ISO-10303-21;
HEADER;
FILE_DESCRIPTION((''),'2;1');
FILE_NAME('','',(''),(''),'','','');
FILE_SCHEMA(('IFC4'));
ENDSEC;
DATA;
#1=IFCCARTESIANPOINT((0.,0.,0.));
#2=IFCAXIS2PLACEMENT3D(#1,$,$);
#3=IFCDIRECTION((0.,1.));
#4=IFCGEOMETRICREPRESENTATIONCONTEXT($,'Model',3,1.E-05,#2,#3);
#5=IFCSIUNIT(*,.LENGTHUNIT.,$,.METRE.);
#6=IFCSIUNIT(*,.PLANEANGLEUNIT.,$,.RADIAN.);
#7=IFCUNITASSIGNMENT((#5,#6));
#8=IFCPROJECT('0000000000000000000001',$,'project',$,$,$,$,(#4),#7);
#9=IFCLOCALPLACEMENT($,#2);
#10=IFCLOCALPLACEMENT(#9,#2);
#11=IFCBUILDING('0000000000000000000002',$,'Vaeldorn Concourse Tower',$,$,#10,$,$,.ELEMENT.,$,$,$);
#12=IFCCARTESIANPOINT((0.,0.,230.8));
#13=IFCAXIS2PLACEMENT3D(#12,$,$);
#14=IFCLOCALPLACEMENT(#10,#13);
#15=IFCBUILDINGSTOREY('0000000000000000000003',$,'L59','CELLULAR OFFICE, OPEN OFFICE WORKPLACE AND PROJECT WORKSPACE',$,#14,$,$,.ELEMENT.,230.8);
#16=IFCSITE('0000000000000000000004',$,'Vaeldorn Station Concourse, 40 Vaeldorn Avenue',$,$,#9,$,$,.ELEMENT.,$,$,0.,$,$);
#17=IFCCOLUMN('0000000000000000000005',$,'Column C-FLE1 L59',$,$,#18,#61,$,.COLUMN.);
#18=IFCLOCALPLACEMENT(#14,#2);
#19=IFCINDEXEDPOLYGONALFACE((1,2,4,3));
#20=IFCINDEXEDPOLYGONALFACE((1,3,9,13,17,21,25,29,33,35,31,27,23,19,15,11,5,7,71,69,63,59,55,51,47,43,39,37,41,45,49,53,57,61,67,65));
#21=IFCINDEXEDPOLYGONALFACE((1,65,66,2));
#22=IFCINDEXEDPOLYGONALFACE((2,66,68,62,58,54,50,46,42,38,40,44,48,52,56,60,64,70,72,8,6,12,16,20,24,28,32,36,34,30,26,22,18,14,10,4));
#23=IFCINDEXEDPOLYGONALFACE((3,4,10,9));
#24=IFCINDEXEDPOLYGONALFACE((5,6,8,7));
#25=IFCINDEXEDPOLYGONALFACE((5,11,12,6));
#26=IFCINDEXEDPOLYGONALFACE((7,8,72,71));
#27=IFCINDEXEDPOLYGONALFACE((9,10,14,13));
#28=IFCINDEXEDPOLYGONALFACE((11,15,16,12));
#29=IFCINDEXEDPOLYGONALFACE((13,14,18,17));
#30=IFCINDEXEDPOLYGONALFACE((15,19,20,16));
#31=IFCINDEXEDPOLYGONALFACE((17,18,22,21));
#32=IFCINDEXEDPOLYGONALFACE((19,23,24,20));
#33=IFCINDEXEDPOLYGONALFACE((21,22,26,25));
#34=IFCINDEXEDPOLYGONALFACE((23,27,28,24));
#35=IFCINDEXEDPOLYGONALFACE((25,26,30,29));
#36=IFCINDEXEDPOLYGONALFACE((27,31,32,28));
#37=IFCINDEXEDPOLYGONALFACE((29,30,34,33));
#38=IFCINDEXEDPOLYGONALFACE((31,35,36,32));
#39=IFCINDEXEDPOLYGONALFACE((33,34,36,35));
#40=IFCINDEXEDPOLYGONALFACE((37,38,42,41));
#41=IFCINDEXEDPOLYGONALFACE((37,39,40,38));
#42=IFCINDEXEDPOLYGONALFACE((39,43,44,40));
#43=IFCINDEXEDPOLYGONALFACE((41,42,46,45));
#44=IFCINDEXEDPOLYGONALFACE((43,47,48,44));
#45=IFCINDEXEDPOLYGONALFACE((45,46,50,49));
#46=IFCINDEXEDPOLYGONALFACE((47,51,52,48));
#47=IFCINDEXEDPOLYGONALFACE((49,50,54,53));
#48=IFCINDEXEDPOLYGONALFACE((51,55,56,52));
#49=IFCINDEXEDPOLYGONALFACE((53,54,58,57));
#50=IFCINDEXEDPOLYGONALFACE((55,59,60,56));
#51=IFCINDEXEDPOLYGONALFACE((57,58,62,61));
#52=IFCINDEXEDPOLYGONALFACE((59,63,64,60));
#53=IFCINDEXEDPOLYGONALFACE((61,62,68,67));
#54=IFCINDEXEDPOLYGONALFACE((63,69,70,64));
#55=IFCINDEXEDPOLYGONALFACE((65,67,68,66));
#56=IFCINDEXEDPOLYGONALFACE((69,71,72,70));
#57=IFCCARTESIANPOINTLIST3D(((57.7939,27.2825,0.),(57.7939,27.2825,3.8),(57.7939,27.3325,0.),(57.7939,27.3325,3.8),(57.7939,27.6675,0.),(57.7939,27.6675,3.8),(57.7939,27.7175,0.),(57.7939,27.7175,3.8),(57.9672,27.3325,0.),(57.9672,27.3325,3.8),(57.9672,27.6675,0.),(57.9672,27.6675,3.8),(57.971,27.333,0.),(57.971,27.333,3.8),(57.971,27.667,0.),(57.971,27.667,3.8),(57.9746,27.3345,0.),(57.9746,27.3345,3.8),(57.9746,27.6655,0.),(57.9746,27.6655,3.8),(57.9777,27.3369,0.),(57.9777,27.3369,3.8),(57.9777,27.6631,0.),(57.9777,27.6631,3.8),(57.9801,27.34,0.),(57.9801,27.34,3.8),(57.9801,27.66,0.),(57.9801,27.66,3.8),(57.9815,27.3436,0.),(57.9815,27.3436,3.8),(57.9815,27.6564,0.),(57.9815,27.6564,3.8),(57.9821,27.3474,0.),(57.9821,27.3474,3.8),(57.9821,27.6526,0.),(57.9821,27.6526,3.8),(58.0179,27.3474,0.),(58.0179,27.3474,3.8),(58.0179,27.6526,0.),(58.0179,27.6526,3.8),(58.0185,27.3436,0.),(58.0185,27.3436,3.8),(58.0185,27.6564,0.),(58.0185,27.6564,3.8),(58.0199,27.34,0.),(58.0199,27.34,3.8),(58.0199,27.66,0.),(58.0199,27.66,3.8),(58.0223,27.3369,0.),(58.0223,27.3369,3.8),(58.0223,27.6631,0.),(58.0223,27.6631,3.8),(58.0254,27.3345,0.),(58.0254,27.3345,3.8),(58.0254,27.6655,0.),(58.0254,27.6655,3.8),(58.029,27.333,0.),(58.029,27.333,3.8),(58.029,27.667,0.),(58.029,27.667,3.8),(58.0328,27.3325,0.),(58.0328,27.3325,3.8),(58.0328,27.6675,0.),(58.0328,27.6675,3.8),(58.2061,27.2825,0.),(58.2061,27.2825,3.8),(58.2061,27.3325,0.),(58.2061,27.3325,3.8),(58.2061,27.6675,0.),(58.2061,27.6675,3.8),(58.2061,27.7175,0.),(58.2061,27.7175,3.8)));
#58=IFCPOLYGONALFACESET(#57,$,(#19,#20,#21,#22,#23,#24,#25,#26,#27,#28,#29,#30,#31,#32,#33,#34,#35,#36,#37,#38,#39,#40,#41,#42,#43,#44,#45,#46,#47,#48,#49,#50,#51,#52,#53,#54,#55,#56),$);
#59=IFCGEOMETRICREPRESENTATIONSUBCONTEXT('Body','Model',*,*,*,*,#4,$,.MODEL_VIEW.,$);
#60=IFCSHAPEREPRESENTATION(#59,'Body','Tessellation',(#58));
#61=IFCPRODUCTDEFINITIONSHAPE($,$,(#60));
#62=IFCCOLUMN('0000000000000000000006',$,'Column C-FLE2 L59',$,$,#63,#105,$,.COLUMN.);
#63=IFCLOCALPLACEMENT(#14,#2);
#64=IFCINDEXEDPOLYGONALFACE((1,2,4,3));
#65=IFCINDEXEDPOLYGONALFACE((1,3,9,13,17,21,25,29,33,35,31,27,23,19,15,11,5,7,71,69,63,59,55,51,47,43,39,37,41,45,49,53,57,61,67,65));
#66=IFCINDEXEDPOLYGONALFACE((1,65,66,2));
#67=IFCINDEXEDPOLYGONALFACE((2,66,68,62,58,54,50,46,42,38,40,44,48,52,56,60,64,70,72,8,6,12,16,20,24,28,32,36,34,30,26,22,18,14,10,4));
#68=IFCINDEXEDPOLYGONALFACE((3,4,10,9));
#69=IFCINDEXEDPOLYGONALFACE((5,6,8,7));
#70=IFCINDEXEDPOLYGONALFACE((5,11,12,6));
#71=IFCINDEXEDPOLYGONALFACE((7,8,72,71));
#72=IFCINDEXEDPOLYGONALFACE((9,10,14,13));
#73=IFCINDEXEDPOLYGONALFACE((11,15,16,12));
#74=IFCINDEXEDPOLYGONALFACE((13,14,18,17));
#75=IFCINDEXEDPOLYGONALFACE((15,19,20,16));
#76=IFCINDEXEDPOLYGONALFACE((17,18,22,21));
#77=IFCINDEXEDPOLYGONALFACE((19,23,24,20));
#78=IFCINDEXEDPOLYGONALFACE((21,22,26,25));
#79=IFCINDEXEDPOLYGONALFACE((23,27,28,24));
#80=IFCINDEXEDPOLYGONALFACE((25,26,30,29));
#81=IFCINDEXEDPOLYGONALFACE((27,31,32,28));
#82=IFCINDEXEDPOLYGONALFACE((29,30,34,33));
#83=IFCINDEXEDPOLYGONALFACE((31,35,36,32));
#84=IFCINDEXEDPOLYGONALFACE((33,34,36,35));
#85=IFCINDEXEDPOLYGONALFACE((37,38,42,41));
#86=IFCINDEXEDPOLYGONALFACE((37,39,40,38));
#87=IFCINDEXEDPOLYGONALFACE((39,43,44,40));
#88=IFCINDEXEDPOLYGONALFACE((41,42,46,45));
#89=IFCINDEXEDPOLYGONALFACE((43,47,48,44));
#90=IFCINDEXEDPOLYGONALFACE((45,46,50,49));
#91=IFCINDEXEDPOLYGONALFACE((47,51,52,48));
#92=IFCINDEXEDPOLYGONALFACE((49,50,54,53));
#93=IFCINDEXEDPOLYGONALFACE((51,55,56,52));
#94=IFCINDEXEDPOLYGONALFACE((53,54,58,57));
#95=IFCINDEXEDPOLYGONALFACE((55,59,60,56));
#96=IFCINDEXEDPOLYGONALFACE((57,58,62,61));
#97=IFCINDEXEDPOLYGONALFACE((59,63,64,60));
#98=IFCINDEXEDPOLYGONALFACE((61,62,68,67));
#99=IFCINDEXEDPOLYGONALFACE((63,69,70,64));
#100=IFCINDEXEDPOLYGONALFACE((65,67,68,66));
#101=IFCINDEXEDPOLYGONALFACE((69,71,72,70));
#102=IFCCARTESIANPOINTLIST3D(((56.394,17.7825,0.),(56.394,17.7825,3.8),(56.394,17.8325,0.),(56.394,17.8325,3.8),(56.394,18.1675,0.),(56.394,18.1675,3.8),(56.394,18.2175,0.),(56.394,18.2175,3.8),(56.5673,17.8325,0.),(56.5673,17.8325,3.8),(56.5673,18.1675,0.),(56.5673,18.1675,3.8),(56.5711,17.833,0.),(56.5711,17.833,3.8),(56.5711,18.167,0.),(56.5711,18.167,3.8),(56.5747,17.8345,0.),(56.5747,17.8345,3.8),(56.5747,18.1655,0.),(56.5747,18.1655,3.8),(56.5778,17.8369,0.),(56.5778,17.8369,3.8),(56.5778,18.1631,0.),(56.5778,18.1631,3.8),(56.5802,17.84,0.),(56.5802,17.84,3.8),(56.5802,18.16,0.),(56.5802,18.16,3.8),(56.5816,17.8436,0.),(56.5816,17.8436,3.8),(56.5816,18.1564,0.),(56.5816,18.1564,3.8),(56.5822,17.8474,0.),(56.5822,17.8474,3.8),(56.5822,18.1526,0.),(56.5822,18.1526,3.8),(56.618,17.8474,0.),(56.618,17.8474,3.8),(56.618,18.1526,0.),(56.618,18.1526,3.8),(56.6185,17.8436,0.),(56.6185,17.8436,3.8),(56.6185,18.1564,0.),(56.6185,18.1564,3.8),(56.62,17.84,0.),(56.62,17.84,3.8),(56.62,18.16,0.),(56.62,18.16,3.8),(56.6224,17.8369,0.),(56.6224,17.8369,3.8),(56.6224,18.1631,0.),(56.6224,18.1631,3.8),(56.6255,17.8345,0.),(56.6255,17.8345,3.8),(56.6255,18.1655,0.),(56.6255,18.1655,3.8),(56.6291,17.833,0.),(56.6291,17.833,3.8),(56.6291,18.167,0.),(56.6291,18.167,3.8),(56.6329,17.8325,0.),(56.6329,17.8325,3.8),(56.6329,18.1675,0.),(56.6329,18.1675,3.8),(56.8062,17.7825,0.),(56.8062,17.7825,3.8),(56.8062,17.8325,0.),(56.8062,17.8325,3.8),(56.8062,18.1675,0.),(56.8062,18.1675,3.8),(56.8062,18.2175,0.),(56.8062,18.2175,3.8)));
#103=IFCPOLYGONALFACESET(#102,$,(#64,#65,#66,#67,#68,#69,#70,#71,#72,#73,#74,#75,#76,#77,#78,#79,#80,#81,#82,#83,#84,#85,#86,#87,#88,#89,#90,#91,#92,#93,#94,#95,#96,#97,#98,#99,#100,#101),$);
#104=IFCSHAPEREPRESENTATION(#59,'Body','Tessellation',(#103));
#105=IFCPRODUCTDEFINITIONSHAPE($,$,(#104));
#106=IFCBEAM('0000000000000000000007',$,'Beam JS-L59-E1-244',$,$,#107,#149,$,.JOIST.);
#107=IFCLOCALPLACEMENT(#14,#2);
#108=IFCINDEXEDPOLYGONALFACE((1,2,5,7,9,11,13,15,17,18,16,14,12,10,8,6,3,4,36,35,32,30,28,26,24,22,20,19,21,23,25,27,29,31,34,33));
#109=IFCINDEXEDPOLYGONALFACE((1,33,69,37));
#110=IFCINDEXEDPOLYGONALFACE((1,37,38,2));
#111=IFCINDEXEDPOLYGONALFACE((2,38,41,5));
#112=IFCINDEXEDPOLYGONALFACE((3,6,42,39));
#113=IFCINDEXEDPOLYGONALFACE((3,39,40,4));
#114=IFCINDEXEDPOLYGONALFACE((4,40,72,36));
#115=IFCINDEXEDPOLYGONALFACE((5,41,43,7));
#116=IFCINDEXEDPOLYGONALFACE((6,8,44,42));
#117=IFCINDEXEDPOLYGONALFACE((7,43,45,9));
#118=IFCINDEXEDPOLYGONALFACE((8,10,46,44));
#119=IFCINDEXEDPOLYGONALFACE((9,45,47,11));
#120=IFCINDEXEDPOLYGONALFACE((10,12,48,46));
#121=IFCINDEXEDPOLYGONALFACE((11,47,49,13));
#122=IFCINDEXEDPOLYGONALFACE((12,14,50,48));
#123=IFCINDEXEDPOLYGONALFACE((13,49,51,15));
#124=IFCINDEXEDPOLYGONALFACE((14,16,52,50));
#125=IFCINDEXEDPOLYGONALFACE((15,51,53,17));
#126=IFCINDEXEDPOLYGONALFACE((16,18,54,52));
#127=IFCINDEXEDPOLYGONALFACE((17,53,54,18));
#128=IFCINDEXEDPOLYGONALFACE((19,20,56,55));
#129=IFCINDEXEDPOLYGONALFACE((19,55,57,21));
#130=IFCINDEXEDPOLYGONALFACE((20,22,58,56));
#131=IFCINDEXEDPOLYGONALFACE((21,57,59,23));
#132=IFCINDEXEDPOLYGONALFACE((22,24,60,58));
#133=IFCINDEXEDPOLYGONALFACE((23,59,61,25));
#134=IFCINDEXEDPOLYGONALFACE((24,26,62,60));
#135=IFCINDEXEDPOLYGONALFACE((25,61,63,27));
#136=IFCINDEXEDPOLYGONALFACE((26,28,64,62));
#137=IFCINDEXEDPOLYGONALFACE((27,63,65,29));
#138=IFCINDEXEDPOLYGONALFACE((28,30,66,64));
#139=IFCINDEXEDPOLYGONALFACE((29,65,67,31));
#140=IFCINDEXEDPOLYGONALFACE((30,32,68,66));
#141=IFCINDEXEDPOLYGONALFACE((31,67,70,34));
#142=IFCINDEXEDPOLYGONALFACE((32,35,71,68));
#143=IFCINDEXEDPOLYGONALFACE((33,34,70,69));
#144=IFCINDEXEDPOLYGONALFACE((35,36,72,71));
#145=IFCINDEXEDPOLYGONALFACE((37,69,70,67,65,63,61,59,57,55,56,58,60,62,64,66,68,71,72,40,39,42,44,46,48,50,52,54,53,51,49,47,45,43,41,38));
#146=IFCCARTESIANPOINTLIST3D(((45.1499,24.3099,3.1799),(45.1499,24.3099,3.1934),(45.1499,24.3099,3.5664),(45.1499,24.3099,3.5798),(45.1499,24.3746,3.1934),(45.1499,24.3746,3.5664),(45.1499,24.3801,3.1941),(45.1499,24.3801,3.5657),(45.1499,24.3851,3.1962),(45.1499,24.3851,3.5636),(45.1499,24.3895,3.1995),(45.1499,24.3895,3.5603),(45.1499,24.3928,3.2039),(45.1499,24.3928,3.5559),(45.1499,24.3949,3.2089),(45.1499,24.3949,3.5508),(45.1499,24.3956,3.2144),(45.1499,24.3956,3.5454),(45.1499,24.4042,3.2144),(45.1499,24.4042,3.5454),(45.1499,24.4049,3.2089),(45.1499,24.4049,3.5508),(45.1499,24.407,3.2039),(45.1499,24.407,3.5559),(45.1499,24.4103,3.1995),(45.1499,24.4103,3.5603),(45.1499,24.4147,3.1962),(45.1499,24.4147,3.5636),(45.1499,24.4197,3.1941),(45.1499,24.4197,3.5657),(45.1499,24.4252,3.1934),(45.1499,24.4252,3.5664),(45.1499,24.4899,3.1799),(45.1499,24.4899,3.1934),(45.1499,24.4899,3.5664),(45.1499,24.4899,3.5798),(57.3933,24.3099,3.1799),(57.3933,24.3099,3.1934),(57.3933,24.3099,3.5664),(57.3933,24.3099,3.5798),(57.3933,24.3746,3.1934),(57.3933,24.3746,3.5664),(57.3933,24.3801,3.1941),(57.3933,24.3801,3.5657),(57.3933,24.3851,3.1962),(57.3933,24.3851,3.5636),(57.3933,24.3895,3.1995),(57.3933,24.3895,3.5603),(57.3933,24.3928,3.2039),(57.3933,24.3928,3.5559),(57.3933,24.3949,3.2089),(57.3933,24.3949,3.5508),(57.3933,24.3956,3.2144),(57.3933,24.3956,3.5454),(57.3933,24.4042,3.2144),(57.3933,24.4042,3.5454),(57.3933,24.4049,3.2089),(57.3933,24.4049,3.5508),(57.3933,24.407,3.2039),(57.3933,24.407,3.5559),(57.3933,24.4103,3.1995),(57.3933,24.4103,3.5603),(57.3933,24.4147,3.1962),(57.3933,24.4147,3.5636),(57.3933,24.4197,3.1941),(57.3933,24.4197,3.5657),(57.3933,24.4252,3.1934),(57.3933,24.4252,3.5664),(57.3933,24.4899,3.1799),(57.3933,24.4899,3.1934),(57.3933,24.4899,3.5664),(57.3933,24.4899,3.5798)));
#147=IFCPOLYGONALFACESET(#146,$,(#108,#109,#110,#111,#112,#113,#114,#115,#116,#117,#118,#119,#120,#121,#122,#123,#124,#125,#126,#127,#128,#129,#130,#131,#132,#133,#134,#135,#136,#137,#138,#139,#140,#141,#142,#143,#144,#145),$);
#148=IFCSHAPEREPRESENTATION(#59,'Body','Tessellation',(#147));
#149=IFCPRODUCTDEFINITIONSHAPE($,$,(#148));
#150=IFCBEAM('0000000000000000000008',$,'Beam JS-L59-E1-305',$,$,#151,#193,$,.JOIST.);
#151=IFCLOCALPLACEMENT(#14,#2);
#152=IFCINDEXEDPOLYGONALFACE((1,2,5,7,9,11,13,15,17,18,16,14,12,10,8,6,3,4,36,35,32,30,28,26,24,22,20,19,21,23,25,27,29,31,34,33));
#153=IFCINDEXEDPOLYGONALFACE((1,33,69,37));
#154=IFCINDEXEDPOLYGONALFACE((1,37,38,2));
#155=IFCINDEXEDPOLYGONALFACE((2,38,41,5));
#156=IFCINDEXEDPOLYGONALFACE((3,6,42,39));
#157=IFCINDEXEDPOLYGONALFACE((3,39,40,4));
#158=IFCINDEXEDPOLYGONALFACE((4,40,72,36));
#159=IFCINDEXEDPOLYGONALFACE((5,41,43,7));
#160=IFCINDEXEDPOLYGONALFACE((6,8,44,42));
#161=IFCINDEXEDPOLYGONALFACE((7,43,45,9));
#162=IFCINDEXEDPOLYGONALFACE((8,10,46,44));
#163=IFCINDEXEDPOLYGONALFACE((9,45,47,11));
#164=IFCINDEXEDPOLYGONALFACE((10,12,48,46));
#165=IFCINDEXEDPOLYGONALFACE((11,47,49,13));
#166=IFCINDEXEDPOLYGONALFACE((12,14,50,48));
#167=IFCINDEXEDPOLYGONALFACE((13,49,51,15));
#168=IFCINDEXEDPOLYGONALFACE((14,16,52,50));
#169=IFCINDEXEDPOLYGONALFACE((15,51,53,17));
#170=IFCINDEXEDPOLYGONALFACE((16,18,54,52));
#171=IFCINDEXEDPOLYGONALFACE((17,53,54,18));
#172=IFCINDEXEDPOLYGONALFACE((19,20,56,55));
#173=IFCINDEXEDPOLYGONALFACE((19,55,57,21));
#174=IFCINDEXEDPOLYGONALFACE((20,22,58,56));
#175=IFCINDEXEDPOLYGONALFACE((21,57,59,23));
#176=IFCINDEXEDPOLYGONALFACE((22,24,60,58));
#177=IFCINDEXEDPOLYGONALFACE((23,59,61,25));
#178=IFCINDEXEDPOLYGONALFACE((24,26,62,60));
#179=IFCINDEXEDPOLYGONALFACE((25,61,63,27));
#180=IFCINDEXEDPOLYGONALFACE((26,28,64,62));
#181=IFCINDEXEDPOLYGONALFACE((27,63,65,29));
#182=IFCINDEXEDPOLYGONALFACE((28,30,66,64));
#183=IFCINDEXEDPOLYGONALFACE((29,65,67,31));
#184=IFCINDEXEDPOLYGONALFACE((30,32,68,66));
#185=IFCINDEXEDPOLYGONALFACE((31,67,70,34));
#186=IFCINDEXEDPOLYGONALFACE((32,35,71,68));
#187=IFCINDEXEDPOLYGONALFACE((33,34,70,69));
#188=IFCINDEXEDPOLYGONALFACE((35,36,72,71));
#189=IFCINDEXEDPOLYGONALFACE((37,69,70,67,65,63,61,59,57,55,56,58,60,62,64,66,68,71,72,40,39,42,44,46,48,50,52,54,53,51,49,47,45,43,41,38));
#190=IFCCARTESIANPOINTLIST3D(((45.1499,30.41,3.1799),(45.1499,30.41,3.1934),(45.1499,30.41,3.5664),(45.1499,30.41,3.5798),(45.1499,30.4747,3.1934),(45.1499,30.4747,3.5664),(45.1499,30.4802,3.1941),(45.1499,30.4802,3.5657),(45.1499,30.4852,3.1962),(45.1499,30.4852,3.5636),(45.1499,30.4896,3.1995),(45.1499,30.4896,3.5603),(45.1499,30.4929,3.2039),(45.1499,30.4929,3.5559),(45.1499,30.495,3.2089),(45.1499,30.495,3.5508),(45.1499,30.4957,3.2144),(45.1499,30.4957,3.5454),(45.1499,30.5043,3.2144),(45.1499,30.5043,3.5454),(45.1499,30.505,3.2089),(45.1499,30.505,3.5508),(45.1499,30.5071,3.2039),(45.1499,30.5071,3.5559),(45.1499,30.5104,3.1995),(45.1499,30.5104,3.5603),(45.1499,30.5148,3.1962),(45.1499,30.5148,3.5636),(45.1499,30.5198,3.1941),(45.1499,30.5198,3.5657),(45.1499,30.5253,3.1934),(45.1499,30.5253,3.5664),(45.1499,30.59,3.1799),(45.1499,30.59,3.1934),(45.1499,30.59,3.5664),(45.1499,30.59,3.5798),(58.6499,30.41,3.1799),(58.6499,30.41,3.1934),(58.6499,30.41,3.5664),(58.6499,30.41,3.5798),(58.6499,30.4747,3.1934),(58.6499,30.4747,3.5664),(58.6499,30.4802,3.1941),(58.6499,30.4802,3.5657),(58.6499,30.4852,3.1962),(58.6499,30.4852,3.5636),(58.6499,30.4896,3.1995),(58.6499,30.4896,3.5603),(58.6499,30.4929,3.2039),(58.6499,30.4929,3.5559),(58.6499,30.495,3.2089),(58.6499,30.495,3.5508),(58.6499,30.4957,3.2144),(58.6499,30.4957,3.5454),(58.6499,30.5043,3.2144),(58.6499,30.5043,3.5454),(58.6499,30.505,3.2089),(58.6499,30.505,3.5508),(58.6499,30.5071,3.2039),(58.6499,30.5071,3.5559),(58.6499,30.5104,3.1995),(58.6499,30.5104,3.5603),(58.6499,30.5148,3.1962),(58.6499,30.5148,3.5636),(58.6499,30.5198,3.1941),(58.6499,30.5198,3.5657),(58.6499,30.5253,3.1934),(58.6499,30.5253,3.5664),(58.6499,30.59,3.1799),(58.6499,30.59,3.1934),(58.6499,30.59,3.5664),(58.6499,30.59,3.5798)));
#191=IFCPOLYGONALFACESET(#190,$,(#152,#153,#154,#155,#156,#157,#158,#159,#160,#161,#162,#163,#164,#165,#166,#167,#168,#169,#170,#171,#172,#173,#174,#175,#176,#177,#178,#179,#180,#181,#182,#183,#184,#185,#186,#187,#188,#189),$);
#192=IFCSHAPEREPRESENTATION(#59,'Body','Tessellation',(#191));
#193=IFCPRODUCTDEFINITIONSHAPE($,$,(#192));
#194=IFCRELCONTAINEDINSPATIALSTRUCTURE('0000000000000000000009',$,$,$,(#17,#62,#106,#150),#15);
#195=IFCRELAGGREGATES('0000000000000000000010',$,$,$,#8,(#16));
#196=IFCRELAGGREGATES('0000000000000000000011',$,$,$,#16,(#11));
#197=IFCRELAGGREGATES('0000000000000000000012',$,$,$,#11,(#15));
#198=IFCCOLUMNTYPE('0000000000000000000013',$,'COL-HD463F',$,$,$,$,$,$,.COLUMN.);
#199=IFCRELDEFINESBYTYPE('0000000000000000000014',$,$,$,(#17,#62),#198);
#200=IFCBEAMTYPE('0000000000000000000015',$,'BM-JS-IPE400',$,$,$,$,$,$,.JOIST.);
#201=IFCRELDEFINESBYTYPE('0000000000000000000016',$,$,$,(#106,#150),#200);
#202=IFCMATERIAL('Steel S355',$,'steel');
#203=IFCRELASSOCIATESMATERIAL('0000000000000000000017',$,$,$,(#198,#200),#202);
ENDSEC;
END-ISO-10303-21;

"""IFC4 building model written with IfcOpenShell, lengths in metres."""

from ifc_helpers import new_model, si_unit, direction, frame, origin, origin_2d, place, context, subcontext, project, spatial, i_section, extrude, source, transform, mapped, material, material_profile, profile_set, type_object, element, save


model = new_model("IFC4")

# Units and contexts
model_context = context("Model", 3, precision=1e-05, world=origin(), true_north=direction((0.0, 1.0)))
body_context = subcontext(model_context, "Body", "Model", "MODEL_VIEW")
ifc_project = project(units=[si_unit("LENGTHUNIT", "METRE"), si_unit("PLANEANGLEUNIT", "RADIAN")], contexts=[model_context])

# Site, building, storey
site_placement = place(None, origin())
site = spatial("IfcSite", under=ifc_project, at=site_placement, Name="Vaeldorn Station Concourse, 40 Vaeldorn Avenue", CompositionType="ELEMENT", RefElevation=0.0)
building_placement = place(site_placement, origin())
building = spatial("IfcBuilding", under=site, at=building_placement, Name="Vaeldorn Concourse Tower", CompositionType="ELEMENT")
storey_placement = place(building_placement, frame((0.0, 0.0, 230.8)))
storey = spatial("IfcBuildingStorey", under=building, at=storey_placement, Name="L59", Description="CELLULAR OFFICE, OPEN OFFICE WORKPLACE AND PROJECT WORKSPACE", CompositionType="ELEMENT", Elevation=230.8)

# Columns
ifc_material_1 = material(Name="Steel S355", Category="steel")
ifc_material_profile_1 = material_profile(ifc_material_1, i_section(OverallWidth=0.4121, OverallDepth=0.4351, WebThickness=0.0359, FlangeThickness=0.05, FilletRadius=0.0149, at=origin_2d()), Name="HD 400x463")
ifc_profile_set_1 = profile_set([ifc_material_profile_1], Name="Steel S355")
column_type = type_object("IfcColumnType", Name="COL-HD463F", PredefinedType="COLUMN", material=ifc_profile_set_1)
shared_shape_1 = source(origin(), body_context, "Body", "SweptSolid", [
    extrude(i_section(OverallWidth=0.4121, OverallDepth=0.4351, WebThickness=0.0359, FlangeThickness=0.05, FilletRadius=0.0149, at=origin_2d()), origin(), (0.0, 0.0, 1.0), 3.8),
])
for number, where, z_axis, x_axis, name in (
    (1, (58.0, 27.5, 0.0), (0.0, 0.0, 1.0), (1.0, 0.0, 0.0), "Column C-FLE1 L59"),
    (2, (56.6001, 18.0, 0.0), (0.0, 0.0, 1.0), (1.0, 0.0, 0.0), "Column C-FLE2 L59"),
):
    element("IfcColumn", number, at=place(storey_placement, frame(where, z_axis=z_axis, x_axis=x_axis)), inside=storey, type_object=column_type, Name=name, PredefinedType="COLUMN", context=body_context, shape_type="MappedRepresentation", body=[
        mapped(shared_shape_1, transform((0.0, 0.0, 0.0), scale=1.0)),
    ])

# Beams
ifc_material_profile_2 = material_profile(ifc_material_1, i_section(OverallWidth=0.1799, OverallDepth=0.3999, WebThickness=0.0085, FlangeThickness=0.0134, FilletRadius=0.021, at=origin_2d()), Name="IPE 400")
ifc_profile_set_2 = profile_set([ifc_material_profile_2], Name="Steel S355")
beam_type_1 = type_object("IfcBeamType", Name="BM-JS-IPE400", PredefinedType="JOIST", material=ifc_profile_set_2)
shared_shape_2 = source(origin(), body_context, "Body", "SweptSolid", [
    extrude(i_section(OverallWidth=0.1799, OverallDepth=0.3999, WebThickness=0.0085, FlangeThickness=0.0134, FilletRadius=0.021, at=origin_2d()), origin(), (0.0, 0.0, 1.0), 12.2434),
])
beam_1_placement = place(storey_placement, frame((45.1499, 24.3999, 3.3799), z_axis=(1.0, 0.0, 0.0), x_axis=(0.0, 1.0, 0.0)))
element("IfcBeam", 3, at=beam_1_placement, inside=storey, type_object=beam_type_1, Name="Beam JS-L59-E1-244", PredefinedType="JOIST", context=body_context, shape_type="MappedRepresentation", body=[
    mapped(shared_shape_2, transform((0.0, 0.0, 0.0), scale=1.0)),
])
shared_shape_3 = source(origin(), body_context, "Body", "SweptSolid", [
    extrude(i_section(OverallWidth=0.1799, OverallDepth=0.3999, WebThickness=0.0085, FlangeThickness=0.0134, FilletRadius=0.021, at=origin_2d()), origin(), (0.0, 0.0, 1.0), 13.5),
])
beam_2_placement = place(storey_placement, frame((45.1499, 30.5, 3.3799), z_axis=(1.0, 0.0, 0.0), x_axis=(0.0, 1.0, 0.0)))
element("IfcBeam", 4, at=beam_2_placement, inside=storey, type_object=beam_type_1, Name="Beam JS-L59-E1-305", PredefinedType="JOIST", context=body_context, shape_type="MappedRepresentation", body=[
    mapped(shared_shape_3, transform((0.0, 0.0, 0.0), scale=1.0)),
])

save(model, "model.ifc")
